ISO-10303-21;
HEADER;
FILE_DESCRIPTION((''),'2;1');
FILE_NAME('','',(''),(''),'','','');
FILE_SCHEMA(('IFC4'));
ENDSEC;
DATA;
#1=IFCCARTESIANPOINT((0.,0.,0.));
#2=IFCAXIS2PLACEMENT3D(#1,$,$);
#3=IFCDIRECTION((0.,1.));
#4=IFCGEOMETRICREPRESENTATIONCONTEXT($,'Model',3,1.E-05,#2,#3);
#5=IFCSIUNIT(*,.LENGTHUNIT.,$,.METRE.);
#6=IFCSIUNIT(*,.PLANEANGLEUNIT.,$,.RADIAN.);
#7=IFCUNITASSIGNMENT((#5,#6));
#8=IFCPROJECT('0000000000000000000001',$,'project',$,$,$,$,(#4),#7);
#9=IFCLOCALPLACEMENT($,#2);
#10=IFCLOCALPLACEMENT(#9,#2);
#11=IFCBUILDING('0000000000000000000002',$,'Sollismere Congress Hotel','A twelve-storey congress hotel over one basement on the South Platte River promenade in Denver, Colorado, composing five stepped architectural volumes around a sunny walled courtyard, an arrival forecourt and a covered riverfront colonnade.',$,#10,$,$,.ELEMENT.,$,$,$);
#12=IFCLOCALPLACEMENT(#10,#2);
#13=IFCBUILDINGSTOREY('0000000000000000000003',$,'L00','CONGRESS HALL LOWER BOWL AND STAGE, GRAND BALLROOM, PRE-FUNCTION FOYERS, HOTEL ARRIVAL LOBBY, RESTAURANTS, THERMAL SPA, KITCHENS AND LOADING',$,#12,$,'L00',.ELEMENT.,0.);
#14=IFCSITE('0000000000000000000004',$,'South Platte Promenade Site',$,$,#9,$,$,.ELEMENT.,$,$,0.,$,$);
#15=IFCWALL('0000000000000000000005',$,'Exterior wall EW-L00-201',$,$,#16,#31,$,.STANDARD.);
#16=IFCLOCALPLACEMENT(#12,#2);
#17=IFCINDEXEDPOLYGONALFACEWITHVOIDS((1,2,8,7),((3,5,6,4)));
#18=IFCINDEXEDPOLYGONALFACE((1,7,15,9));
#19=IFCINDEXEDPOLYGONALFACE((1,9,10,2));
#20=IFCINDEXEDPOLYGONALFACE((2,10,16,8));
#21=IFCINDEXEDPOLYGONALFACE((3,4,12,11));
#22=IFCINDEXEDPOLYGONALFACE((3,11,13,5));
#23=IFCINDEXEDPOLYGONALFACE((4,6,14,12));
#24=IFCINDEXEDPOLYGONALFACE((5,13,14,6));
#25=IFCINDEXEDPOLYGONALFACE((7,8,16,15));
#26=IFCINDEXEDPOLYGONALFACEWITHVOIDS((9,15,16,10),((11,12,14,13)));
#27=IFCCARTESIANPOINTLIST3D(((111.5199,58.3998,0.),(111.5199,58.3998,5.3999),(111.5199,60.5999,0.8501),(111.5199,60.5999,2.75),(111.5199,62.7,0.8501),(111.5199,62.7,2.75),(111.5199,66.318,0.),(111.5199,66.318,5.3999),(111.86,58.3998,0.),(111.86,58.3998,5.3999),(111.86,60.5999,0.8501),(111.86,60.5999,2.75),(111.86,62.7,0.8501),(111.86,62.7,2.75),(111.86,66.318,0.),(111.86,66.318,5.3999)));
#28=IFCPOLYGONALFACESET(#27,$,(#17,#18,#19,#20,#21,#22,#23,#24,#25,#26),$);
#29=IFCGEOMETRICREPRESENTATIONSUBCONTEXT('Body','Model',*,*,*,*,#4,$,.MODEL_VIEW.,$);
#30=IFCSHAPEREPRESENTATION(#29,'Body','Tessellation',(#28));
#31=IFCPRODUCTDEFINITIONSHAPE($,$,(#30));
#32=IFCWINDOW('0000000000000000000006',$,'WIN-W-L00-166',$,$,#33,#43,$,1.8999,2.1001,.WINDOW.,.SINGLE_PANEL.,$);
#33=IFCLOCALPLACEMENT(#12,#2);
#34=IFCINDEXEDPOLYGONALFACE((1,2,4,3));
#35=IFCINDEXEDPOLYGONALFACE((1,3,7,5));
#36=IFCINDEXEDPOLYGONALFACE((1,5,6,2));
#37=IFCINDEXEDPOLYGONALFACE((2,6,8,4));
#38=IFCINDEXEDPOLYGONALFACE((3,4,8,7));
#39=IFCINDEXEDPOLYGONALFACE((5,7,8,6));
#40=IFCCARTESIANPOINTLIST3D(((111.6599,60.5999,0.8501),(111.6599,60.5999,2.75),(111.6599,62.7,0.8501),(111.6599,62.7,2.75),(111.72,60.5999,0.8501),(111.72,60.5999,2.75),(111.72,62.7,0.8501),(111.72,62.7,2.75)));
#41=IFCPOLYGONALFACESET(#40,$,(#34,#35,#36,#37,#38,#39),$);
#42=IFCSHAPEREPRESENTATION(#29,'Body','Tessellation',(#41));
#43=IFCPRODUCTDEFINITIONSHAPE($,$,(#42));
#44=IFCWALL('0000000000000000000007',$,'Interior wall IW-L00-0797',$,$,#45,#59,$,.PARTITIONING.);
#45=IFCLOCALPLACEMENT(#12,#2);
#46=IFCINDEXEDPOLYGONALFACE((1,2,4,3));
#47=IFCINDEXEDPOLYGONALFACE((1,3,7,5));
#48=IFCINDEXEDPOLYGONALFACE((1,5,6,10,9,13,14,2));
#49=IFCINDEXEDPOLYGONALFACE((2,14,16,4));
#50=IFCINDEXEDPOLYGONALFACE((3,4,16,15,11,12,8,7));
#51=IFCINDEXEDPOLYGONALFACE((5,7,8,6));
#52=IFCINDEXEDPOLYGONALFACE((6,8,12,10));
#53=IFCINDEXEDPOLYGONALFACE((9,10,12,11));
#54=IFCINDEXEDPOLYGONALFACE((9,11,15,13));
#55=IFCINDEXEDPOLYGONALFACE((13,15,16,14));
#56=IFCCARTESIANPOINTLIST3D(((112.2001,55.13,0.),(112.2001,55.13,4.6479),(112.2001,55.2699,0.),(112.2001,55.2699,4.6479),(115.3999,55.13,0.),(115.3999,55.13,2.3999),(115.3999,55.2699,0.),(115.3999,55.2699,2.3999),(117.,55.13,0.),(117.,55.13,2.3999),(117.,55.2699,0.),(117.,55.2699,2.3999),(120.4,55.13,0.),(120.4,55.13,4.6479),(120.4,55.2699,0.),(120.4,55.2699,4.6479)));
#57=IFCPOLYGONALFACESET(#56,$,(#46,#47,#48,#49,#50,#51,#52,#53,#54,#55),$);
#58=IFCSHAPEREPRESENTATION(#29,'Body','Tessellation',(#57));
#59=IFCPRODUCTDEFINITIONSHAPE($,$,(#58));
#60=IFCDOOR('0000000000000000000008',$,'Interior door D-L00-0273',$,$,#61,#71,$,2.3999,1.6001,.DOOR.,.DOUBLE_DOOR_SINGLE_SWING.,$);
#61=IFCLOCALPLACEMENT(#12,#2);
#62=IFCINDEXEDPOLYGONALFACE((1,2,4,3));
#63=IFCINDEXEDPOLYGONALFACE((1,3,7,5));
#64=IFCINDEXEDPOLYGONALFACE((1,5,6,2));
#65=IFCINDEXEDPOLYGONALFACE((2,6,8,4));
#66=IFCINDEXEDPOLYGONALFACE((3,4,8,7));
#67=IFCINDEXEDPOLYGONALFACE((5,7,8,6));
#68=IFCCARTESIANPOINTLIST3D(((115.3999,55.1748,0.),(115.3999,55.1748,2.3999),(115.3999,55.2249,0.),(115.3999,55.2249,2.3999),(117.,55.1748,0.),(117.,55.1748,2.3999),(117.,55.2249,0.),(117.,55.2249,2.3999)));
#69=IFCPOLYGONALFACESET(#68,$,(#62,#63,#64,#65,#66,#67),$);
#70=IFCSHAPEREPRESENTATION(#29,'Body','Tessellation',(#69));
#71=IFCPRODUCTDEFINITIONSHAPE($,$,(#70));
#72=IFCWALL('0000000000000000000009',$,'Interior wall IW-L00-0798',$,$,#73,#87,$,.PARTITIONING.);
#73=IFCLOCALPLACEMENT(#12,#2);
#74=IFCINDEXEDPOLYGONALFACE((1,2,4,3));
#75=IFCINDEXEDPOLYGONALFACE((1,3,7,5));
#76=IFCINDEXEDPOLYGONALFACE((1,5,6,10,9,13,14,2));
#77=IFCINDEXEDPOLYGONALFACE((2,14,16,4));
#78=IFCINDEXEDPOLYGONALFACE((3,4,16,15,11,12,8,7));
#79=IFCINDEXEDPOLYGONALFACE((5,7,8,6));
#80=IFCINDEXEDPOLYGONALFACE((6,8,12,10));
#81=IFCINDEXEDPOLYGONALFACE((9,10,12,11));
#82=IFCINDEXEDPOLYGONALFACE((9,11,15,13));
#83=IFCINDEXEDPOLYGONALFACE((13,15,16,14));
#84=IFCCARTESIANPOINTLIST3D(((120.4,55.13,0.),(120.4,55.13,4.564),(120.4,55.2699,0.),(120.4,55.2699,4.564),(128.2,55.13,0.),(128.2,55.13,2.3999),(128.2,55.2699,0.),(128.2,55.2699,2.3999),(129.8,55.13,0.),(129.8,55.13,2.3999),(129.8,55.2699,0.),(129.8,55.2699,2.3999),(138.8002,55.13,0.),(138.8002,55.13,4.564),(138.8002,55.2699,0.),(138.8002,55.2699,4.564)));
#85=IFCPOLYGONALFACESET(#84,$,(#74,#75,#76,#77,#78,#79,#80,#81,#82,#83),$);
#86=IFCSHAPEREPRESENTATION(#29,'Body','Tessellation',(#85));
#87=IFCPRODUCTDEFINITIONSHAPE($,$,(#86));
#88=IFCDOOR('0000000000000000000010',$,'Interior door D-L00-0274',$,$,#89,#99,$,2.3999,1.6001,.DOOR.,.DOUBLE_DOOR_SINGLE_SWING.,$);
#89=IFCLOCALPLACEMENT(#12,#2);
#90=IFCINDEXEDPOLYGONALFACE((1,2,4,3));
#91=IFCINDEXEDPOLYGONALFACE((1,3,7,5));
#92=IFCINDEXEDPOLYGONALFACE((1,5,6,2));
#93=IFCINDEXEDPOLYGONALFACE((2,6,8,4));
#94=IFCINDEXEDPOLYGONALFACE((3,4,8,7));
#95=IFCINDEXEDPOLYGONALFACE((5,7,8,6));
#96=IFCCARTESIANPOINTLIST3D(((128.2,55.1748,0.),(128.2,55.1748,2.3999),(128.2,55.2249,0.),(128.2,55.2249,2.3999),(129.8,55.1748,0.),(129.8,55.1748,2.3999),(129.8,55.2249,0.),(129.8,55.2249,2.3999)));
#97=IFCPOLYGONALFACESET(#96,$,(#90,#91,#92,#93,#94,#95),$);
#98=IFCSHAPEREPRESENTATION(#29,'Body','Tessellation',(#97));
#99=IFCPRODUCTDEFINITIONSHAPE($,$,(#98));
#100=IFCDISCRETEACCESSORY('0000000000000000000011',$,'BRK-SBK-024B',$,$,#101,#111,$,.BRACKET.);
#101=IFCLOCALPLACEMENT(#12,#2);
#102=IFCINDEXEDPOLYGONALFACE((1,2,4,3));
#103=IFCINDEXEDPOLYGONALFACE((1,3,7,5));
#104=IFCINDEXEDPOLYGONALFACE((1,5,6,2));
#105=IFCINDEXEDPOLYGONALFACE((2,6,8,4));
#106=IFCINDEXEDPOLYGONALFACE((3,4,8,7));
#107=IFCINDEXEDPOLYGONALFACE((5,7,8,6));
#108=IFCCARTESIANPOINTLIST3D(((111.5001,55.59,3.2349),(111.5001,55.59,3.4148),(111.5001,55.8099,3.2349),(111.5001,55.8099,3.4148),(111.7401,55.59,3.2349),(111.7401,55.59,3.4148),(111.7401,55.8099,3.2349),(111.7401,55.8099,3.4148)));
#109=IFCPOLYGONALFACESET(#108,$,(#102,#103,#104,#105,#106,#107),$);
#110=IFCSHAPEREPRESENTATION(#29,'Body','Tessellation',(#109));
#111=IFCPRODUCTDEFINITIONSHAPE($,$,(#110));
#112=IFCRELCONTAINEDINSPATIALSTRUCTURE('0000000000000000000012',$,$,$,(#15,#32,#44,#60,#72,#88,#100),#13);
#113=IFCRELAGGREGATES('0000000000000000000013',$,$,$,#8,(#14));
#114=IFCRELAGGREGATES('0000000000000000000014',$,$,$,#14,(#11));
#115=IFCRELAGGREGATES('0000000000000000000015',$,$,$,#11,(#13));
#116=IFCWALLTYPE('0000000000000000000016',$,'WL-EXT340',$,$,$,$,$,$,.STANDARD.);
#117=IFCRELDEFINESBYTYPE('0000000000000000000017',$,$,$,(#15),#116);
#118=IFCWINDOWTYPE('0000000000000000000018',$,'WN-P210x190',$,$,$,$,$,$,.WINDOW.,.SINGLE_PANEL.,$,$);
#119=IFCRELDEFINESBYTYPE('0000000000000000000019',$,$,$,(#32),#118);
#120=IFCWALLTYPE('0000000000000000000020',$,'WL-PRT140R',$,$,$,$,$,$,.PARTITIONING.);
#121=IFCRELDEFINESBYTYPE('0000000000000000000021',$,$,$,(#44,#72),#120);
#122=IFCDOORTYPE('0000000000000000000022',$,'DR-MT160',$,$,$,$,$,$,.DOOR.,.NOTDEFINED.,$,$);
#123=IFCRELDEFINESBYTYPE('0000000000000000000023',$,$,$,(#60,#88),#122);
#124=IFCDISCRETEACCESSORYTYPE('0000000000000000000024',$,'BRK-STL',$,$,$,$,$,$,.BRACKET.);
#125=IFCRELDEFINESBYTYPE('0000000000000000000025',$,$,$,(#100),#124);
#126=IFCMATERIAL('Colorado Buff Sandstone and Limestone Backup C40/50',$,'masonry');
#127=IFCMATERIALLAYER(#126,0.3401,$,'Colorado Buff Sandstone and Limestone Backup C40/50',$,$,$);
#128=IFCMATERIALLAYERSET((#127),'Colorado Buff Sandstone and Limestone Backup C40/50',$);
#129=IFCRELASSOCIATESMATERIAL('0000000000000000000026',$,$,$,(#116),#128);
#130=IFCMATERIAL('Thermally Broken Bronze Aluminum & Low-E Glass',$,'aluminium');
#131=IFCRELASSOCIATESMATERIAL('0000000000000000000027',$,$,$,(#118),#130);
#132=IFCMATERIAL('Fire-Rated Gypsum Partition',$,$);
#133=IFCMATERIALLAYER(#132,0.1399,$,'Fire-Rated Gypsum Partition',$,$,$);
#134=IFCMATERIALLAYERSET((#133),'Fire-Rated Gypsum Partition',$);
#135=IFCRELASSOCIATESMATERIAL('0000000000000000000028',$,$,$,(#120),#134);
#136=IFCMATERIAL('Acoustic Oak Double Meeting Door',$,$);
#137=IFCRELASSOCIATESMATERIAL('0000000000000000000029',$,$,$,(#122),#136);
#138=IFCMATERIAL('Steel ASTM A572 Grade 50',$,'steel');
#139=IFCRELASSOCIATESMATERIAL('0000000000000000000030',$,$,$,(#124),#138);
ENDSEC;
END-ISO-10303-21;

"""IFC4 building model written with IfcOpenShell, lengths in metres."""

from ifc_helpers import new_model, si_unit, direction, frame, frame_2d, origin, origin_2d, place, context, subcontext, project, spatial, rectangle, extrude, material, layer, layer_set, type_object, element, fill, save


model = new_model("IFC4")

# Units and contexts
model_context = context("Model", 3, precision=1e-05, world=origin(), true_north=direction((0.0, 1.0)))
body_context = subcontext(model_context, "Body", "Model", "MODEL_VIEW")
ifc_project = project(units=[si_unit("LENGTHUNIT", "METRE"), si_unit("PLANEANGLEUNIT", "RADIAN")], contexts=[model_context])

# Site, building, storey
site_placement = place(None, origin())
site = spatial("IfcSite", under=ifc_project, at=site_placement, Name="South Platte Promenade Site", CompositionType="ELEMENT", RefElevation=0.0)
building_placement = place(site_placement, origin())
building = spatial("IfcBuilding", under=site, at=building_placement, Name="Sollismere Congress Hotel", Description="A twelve-storey congress hotel over one basement on the South Platte River promenade in Denver, Colorado, composing five stepped architectural volumes around a sunny walled courtyard, an arrival forecourt and a covered riverfront colonnade.", CompositionType="ELEMENT")
storey_placement = place(building_placement, origin())
storey = spatial("IfcBuildingStorey", under=building, at=storey_placement, Name="L00", Description="CONGRESS HALL LOWER BOWL AND STAGE, GRAND BALLROOM, PRE-FUNCTION FOYERS, HOTEL ARRIVAL LOBBY, RESTAURANTS, THERMAL SPA, KITCHENS AND LOADING", LongName="L00", CompositionType="ELEMENT", Elevation=0.0)

# Wall, opening, window
ifc_material_1 = material(Name="Colorado Buff Sandstone and Limestone Backup C40/50", Category="masonry")
ifc_layer_1 = layer(ifc_material_1, 0.3401, Name="Colorado Buff Sandstone and Limestone Backup C40/50")
ifc_layer_set_1 = layer_set([ifc_layer_1], Name="Colorado Buff Sandstone and Limestone Backup C40/50")
wall_type_1 = type_object("IfcWallType", Name="WL-EXT340", PredefinedType="STANDARD", material=ifc_layer_set_1)
wall_1_placement = place(storey_placement, frame((111.6899, 58.3999, 0.0), z_axis=(0.0, 0.0, 1.0), x_axis=(0.0, 1.0, 0.0)))
wall_1 = element("IfcWall", 1, at=wall_1_placement, inside=storey, type_object=wall_type_1, Name="Exterior wall EW-L00-201", PredefinedType="STANDARD", context=body_context, shape_type="SweptSolid", body=[
    extrude(rectangle(XDim=7.9182, YDim=0.3401, at=frame_2d((3.959, 0.0))), origin(), (0.0, 0.0, 1.0), 5.3999),
])
opening_1_placement = place(wall_1_placement, frame((2.2, 0.0, 0.8501)))
opening_1 = element("IfcOpeningElement", 2, at=opening_1_placement, cuts=wall_1, PredefinedType="OPENING", context=body_context, shape_type="SweptSolid", body=[
    extrude(rectangle(XDim=2.1001, YDim=1.8999, at=frame_2d((1.05, 0.95))), frame((0.0, 0.1799, 0.0), z_axis=(0.0, -1.0, 0.0), x_axis=(1.0, 0.0, 0.0)), (0.0, 0.0, 1.0), 0.3601),
])
ifc_material_2 = material(Name="Thermally Broken Bronze Aluminum & Low-E Glass", Category="aluminium")
window_type = type_object("IfcWindowType", Name="WN-P210x190", PartitioningType="SINGLE_PANEL", PredefinedType="WINDOW", material=ifc_material_2)
window_placement = place(opening_1_placement, origin())
window = element("IfcWindow", 3, at=window_placement, inside=storey, type_object=window_type, Name="WIN-W-L00-166", OverallHeight=1.8999, OverallWidth=2.1001, PartitioningType="SINGLE_PANEL", PredefinedType="WINDOW", context=body_context, shape_type="SweptSolid", body=[
    extrude(rectangle(XDim=2.1001, YDim=1.8999, at=frame_2d((1.05, 0.95))), frame((0.0, 0.03, 0.0), z_axis=(0.0, -1.0, 0.0), x_axis=(1.0, 0.0, 0.0)), (0.0, 0.0, 1.0), 0.0601),
])
fill(opening_1, window)

# Walls, openings, doors
ifc_material_3 = material(Name="Fire-Rated Gypsum Partition")
ifc_layer_2 = layer(ifc_material_3, 0.1399, Name="Fire-Rated Gypsum Partition")
ifc_layer_set_2 = layer_set([ifc_layer_2], Name="Fire-Rated Gypsum Partition")
wall_type_2 = type_object("IfcWallType", Name="WL-PRT140R", PredefinedType="PARTITIONING", material=ifc_layer_set_2)
wall_2_placement = place(storey_placement, frame((112.2, 55.2, 0.0), z_axis=(0.0, 0.0, 1.0), x_axis=(1.0, 0.0, 0.0)))
wall_2 = element("IfcWall", 4, at=wall_2_placement, inside=storey, type_object=wall_type_2, Name="Interior wall IW-L00-0797", PredefinedType="PARTITIONING", context=body_context, shape_type="SweptSolid", body=[
    extrude(rectangle(XDim=8.2, YDim=0.1399, at=frame_2d((4.1001, 0.0))), origin(), (0.0, 0.0, 1.0), 4.6479),
])
opening_2_placement = place(wall_2_placement, frame((3.2, 0.0, 0.0)))
opening_2 = element("IfcOpeningElement", 5, at=opening_2_placement, cuts=wall_2, PredefinedType="OPENING", context=body_context, shape_type="SweptSolid", body=[
    extrude(rectangle(XDim=1.6001, YDim=2.3999, at=frame_2d((0.8, 1.2))), frame((0.0, 0.0798, 0.0), z_axis=(0.0, -1.0, 0.0), x_axis=(1.0, 0.0, 0.0)), (0.0, 0.0, 1.0), 0.1599),
])
ifc_material_4 = material(Name="Acoustic Oak Double Meeting Door")
door_type = type_object("IfcDoorType", Name="DR-MT160", OperationType="NOTDEFINED", PredefinedType="DOOR", material=ifc_material_4)
door_1_placement = place(opening_2_placement, origin())
door_1 = element("IfcDoor", 6, at=door_1_placement, inside=storey, type_object=door_type, Name="Interior door D-L00-0273", OperationType="DOUBLE_DOOR_SINGLE_SWING", OverallHeight=2.3999, OverallWidth=1.6001, PredefinedType="DOOR", context=body_context, shape_type="SweptSolid", body=[
    extrude(rectangle(XDim=1.6001, YDim=2.3999, at=frame_2d((0.8, 1.2))), frame((0.0, 0.0249, 0.0), z_axis=(0.0, -1.0, 0.0), x_axis=(1.0, 0.0, 0.0)), (0.0, 0.0, 1.0), 0.05),
])
fill(opening_2, door_1)
wall_3_placement = place(storey_placement, frame((120.3999, 55.2, 0.0), z_axis=(0.0, 0.0, 1.0), x_axis=(1.0, 0.0, 0.0)))
wall_3 = element("IfcWall", 7, at=wall_3_placement, inside=storey, type_object=wall_type_2, Name="Interior wall IW-L00-0798", PredefinedType="PARTITIONING", context=body_context, shape_type="SweptSolid", body=[
    extrude(rectangle(XDim=18.4001, YDim=0.1399, at=frame_2d((9.2002, 0.0))), origin(), (0.0, 0.0, 1.0), 4.564),
])
opening_3_placement = place(wall_3_placement, frame((7.8, 0.0, 0.0)))
opening_3 = element("IfcOpeningElement", 8, at=opening_3_placement, cuts=wall_3, PredefinedType="OPENING", context=body_context, shape_type="SweptSolid", body=[
    extrude(rectangle(XDim=1.6001, YDim=2.3999, at=frame_2d((0.8, 1.2))), frame((0.0, 0.0798, 0.0), z_axis=(0.0, -1.0, 0.0), x_axis=(1.0, 0.0, 0.0)), (0.0, 0.0, 1.0), 0.1599),
])
door_2_placement = place(opening_3_placement, origin())
door_2 = element("IfcDoor", 9, at=door_2_placement, inside=storey, type_object=door_type, Name="Interior door D-L00-0274", OperationType="DOUBLE_DOOR_SINGLE_SWING", OverallHeight=2.3999, OverallWidth=1.6001, PredefinedType="DOOR", context=body_context, shape_type="SweptSolid", body=[
    extrude(rectangle(XDim=1.6001, YDim=2.3999, at=frame_2d((0.8, 1.2))), frame((0.0, 0.0249, 0.0), z_axis=(0.0, -1.0, 0.0), x_axis=(1.0, 0.0, 0.0)), (0.0, 0.0, 1.0), 0.05),
])
fill(opening_3, door_2)

# Discrete accessory
ifc_material_5 = material(Name="Steel ASTM A572 Grade 50", Category="steel")
discrete_accessory_type = type_object("IfcDiscreteAccessoryType", Name="BRK-STL", PredefinedType="BRACKET", material=ifc_material_5)
discrete_accessory_placement = place(storey_placement, frame((111.6201, 55.7, 3.2349), z_axis=(0.0, 0.0, 1.0), x_axis=(0.0, 1.0, 0.0)))
element("IfcDiscreteAccessory", 10, at=discrete_accessory_placement, inside=storey, type_object=discrete_accessory_type, Name="BRK-SBK-024B", PredefinedType="BRACKET", context=body_context, shape_type="SweptSolid", body=[
    extrude(rectangle(XDim=0.22, YDim=0.24, at=origin_2d()), origin(), (0.0, 0.0, 1.0), 0.1799),
])

save(model, "model.ifc")
